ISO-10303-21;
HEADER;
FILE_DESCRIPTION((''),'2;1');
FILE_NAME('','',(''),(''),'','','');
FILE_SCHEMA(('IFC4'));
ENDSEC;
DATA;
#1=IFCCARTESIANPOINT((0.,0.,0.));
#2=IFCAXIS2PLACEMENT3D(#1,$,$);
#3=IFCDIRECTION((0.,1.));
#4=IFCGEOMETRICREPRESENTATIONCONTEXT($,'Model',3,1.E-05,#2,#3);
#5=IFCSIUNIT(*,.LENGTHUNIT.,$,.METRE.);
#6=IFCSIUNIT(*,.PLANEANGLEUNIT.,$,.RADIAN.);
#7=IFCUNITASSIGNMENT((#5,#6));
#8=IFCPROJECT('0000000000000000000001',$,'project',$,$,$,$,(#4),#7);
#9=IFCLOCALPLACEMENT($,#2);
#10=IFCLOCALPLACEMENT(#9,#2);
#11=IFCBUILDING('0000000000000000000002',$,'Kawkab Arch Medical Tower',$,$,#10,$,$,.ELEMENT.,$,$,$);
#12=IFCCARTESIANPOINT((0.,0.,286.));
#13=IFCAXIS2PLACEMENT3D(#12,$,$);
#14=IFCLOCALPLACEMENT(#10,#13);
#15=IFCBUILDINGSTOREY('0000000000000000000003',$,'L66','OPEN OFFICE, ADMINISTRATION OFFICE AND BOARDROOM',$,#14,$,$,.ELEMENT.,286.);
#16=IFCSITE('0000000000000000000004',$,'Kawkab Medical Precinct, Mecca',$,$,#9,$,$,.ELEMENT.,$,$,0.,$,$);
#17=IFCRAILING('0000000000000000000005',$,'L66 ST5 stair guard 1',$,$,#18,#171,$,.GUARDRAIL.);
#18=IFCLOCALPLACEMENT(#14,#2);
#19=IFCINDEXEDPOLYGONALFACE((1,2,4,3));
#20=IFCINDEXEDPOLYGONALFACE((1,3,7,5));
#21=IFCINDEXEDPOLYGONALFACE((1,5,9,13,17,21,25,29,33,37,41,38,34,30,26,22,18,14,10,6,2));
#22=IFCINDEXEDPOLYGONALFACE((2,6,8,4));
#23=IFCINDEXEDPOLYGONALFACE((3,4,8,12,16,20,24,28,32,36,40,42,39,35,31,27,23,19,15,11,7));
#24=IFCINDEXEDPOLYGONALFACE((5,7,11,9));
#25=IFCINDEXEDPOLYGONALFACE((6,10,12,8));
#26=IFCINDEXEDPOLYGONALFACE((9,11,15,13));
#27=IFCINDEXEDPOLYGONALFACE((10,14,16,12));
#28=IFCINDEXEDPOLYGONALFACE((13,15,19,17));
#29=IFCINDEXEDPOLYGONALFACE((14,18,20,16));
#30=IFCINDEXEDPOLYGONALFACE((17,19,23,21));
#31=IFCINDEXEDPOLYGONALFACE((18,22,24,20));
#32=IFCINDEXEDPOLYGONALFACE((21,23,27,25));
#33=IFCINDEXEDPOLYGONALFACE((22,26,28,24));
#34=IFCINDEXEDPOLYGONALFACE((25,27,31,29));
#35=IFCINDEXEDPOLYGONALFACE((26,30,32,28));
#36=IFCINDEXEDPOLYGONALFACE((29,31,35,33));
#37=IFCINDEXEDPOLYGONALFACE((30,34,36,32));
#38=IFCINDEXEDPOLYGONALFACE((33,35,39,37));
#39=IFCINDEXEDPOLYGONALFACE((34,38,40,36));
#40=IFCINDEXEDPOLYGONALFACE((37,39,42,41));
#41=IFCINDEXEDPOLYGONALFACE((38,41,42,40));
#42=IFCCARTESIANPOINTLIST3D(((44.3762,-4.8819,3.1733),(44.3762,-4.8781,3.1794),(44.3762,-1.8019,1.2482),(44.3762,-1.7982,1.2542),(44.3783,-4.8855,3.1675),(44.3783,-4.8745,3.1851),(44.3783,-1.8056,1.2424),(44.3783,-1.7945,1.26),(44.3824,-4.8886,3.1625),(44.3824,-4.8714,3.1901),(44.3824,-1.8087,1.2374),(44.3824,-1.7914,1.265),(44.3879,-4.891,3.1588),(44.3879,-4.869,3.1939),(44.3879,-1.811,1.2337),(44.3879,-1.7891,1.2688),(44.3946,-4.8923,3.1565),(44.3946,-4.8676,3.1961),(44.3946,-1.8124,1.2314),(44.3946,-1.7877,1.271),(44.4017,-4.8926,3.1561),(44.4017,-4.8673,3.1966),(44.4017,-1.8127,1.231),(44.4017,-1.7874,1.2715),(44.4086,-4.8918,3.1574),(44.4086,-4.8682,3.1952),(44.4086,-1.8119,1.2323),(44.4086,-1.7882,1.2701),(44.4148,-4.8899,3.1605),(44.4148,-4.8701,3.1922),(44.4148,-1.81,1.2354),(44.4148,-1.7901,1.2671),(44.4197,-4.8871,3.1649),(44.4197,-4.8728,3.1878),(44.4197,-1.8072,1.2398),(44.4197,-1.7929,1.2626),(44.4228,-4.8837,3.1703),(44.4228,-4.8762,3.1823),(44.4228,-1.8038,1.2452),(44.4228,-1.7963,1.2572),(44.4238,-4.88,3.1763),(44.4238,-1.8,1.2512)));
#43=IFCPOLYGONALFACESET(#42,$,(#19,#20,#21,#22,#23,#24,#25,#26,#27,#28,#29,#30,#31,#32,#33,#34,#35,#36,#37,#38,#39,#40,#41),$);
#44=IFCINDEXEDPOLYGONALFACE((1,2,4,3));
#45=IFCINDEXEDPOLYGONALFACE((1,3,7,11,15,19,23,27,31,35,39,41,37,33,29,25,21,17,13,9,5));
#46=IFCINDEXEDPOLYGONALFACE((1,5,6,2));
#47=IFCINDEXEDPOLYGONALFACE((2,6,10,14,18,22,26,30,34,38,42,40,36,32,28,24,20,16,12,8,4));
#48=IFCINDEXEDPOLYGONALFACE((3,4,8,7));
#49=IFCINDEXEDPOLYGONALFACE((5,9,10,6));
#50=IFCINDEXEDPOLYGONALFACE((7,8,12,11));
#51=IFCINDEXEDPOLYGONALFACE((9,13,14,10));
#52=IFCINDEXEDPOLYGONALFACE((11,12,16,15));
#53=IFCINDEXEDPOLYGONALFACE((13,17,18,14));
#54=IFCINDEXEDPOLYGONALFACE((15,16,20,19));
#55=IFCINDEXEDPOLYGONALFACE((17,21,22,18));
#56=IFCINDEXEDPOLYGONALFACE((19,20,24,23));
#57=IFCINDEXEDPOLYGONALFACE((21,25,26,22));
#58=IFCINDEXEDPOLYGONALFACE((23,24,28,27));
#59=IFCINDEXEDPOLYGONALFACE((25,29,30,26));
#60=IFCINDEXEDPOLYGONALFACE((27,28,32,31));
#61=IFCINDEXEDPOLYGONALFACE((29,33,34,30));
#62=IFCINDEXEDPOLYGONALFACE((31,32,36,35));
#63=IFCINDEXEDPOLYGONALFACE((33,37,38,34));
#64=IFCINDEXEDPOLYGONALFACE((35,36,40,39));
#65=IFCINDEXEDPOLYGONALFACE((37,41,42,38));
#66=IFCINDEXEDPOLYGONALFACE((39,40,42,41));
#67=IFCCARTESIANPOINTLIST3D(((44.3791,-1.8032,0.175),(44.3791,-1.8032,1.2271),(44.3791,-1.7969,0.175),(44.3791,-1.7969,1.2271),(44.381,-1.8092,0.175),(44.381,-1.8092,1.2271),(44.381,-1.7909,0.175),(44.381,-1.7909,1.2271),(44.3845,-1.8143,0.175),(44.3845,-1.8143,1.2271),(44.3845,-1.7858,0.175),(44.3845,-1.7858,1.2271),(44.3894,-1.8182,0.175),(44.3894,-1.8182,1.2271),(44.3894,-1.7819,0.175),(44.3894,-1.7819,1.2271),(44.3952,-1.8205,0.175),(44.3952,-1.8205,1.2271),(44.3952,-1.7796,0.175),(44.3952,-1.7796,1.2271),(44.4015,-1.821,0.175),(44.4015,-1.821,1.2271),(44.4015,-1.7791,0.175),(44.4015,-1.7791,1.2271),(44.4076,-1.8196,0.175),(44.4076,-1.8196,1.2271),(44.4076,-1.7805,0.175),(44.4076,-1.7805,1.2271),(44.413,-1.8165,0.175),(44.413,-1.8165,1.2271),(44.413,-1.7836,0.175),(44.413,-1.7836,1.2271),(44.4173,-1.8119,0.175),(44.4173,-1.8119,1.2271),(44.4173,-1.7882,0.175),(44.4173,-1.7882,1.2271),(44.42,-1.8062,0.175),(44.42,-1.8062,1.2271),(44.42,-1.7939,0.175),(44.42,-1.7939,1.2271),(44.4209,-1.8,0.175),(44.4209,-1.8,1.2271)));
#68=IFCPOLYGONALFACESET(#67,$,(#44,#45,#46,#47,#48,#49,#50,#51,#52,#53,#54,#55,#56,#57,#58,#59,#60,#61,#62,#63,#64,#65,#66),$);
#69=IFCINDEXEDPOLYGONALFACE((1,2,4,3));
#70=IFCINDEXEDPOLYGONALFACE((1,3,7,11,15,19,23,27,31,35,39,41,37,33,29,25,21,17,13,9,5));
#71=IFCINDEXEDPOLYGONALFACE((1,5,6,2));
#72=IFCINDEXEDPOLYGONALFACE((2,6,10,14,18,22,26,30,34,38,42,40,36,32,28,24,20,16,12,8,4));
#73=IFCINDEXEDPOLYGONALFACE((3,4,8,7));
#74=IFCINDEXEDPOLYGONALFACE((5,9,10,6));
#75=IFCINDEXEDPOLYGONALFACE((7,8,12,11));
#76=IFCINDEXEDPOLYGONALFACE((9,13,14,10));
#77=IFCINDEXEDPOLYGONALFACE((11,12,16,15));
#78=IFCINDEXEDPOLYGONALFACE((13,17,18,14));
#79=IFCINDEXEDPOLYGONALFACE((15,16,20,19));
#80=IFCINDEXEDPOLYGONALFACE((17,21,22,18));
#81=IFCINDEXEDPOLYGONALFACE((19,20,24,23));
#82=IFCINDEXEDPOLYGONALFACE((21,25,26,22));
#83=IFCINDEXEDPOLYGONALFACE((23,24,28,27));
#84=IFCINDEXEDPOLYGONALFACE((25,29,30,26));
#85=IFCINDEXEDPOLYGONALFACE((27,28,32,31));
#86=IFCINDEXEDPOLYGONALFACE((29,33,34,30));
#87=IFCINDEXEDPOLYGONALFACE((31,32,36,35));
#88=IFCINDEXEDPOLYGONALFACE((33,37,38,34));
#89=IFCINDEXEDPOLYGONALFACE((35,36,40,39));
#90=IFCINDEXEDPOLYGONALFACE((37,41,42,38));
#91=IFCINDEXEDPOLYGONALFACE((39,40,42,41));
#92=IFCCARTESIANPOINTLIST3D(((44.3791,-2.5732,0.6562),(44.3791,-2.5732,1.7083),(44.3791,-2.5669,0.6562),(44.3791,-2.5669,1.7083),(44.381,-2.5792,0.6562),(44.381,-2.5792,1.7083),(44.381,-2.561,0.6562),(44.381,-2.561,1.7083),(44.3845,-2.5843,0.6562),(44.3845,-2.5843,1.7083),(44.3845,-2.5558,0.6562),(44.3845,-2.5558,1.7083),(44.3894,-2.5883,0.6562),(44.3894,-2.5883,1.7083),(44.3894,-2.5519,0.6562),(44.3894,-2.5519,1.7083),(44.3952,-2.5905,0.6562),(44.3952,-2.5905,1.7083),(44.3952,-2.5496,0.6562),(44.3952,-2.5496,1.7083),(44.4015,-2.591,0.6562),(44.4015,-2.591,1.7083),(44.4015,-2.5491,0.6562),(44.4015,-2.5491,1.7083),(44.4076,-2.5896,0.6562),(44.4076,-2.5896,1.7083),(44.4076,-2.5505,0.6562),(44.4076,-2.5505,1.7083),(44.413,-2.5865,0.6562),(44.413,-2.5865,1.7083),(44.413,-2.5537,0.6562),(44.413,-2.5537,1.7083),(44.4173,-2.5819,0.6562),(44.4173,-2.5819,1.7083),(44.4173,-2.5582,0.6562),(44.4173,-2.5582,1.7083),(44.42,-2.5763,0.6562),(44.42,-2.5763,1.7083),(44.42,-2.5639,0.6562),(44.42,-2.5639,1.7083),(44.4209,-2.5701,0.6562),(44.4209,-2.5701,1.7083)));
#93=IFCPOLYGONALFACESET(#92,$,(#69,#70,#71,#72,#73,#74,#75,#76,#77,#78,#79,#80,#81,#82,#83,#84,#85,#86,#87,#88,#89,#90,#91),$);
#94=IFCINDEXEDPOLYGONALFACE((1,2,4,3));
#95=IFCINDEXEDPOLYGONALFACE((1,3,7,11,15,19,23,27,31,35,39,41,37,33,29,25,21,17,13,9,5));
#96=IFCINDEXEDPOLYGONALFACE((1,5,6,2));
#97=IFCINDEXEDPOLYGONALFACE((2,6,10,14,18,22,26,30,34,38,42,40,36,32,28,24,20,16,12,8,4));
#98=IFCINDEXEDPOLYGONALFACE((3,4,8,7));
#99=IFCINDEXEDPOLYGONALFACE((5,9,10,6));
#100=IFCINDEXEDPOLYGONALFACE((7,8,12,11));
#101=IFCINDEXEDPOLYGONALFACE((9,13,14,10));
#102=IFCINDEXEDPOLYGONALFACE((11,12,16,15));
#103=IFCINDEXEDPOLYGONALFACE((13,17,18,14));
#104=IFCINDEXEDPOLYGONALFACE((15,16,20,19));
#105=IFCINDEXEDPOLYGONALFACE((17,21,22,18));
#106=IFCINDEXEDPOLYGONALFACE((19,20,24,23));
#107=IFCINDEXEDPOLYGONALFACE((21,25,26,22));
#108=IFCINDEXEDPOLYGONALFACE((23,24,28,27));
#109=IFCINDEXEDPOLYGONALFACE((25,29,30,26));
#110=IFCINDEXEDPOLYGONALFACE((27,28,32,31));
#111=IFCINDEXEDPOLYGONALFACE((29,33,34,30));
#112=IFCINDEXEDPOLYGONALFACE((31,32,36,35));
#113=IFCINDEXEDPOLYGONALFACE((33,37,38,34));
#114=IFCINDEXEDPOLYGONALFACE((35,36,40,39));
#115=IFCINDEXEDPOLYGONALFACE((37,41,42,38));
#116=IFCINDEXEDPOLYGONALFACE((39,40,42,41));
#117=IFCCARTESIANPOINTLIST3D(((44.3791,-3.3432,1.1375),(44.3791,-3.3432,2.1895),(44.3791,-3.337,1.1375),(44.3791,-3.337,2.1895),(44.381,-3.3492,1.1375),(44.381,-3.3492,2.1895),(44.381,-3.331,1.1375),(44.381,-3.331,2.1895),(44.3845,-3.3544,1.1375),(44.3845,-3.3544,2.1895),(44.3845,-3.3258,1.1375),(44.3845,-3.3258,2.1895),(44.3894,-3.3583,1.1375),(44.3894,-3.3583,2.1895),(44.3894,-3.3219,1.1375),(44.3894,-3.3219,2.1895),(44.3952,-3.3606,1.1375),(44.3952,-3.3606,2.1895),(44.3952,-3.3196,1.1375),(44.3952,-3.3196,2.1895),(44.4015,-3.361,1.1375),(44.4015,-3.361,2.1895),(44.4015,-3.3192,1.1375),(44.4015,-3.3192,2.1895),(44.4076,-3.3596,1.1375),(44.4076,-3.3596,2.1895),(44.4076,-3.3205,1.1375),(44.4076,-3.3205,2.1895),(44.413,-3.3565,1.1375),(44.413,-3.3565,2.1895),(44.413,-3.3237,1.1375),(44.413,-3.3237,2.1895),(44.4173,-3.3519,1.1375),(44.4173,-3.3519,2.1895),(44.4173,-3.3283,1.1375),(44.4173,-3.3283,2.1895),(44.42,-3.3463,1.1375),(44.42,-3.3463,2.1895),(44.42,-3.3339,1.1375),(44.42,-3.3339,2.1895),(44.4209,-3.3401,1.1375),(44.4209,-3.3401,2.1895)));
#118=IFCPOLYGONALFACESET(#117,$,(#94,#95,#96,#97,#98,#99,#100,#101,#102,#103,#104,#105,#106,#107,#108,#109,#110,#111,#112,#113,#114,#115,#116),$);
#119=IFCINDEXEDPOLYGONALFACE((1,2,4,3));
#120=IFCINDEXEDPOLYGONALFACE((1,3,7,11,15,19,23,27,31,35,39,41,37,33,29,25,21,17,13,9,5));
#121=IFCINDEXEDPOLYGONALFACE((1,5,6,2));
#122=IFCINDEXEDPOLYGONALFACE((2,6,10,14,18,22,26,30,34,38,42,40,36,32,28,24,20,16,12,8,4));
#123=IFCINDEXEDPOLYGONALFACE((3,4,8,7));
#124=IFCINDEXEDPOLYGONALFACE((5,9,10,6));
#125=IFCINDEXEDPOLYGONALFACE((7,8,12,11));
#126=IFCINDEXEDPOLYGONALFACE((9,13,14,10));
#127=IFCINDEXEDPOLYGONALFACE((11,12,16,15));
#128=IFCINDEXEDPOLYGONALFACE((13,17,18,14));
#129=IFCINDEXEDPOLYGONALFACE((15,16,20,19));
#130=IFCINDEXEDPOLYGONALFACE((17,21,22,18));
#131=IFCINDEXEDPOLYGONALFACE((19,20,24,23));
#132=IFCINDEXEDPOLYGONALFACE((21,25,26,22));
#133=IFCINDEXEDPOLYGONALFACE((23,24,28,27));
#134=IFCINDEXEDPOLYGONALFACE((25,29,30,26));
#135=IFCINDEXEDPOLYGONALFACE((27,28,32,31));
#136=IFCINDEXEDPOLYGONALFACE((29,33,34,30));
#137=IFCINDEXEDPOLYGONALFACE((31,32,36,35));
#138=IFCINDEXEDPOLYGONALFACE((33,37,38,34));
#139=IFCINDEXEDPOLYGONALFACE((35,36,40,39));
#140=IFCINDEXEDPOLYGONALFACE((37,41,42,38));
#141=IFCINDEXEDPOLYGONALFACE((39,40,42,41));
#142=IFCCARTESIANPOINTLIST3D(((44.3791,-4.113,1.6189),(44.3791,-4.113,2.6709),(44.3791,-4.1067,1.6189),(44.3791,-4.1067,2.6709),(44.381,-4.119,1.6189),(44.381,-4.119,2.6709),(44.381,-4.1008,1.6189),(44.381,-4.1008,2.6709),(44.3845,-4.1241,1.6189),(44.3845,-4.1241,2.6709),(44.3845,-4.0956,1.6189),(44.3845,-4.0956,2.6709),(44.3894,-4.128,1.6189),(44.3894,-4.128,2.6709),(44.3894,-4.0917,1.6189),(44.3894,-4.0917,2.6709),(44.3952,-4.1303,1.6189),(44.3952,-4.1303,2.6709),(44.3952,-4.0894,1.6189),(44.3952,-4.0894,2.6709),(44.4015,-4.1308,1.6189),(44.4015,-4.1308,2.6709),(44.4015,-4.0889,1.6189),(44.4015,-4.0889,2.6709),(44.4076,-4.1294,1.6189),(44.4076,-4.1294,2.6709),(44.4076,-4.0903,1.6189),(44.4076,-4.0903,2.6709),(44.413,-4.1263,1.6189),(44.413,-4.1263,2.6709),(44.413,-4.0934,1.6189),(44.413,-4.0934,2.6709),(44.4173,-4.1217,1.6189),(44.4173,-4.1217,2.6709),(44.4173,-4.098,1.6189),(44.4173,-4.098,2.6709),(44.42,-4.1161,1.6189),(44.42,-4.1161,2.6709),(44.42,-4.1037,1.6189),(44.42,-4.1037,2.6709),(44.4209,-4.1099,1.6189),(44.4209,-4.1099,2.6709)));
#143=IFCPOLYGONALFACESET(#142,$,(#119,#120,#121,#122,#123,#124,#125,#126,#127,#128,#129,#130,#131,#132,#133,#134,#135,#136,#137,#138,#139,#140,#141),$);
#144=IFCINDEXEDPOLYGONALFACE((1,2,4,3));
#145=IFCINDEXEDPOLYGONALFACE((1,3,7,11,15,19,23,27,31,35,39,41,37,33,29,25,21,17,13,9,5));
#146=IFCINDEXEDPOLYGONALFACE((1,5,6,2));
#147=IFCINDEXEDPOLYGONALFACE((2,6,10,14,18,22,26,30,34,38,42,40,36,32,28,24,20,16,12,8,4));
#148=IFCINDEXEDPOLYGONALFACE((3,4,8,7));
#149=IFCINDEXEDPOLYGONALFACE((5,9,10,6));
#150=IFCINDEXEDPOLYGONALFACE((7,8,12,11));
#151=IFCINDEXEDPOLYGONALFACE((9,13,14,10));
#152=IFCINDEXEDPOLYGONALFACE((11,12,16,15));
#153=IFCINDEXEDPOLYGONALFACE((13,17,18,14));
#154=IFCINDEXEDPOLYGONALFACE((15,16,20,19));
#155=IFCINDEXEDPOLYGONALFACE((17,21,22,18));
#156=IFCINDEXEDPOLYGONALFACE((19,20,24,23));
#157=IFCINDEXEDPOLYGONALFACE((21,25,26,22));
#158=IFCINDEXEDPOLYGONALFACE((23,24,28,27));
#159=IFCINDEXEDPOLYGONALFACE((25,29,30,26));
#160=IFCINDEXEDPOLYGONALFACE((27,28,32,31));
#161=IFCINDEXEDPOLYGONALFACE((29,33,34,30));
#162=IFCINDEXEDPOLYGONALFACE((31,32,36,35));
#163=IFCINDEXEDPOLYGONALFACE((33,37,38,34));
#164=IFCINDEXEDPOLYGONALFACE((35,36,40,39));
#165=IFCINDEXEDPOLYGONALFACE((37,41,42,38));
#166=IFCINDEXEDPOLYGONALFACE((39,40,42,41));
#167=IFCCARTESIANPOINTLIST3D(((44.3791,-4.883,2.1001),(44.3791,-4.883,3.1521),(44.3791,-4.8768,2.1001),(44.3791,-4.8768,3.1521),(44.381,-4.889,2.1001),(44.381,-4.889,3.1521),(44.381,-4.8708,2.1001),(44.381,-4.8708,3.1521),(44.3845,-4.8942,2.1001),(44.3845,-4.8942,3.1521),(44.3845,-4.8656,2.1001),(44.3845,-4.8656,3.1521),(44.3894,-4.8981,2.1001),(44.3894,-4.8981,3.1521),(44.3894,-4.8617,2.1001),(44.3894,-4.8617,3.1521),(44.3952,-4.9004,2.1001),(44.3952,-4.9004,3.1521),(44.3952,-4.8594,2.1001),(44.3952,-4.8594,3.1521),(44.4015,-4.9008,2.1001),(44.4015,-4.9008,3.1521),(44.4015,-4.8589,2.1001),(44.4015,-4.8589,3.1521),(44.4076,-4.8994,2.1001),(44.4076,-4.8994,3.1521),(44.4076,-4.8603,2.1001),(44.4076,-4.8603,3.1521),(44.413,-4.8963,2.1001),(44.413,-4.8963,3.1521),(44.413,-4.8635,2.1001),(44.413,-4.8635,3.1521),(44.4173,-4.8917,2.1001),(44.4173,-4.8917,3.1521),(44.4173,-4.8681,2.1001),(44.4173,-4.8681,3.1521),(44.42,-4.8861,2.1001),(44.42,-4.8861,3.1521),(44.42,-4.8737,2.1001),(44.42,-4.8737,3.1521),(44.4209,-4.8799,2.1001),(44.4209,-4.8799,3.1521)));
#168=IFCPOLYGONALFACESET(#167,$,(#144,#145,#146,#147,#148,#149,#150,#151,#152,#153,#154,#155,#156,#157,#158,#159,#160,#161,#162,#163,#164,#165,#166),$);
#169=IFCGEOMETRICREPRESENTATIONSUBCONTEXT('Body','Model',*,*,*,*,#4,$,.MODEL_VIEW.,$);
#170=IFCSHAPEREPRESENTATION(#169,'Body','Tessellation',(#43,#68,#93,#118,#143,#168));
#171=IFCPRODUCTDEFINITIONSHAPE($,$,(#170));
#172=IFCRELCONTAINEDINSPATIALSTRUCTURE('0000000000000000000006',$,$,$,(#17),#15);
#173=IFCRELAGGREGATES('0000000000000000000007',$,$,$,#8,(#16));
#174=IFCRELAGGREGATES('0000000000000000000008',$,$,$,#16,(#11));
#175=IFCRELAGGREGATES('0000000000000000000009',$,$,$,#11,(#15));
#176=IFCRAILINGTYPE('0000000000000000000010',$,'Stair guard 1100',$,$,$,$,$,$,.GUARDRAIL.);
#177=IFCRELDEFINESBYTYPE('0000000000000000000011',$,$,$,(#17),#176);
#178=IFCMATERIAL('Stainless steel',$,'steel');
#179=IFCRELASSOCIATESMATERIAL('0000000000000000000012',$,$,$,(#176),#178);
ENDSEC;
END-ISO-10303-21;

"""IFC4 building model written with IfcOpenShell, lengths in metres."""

from ifc_helpers import new_model, si_unit, direction, frame, origin, origin_2d, place, context, subcontext, project, spatial, circle, extrude, material, type_object, element, save


model = new_model("IFC4")

# Units and contexts
model_context = context("Model", 3, precision=1e-05, world=origin(), true_north=direction((0.0, 1.0)))
body_context = subcontext(model_context, "Body", "Model", "MODEL_VIEW")
ifc_project = project(units=[si_unit("LENGTHUNIT", "METRE"), si_unit("PLANEANGLEUNIT", "RADIAN")], contexts=[model_context])

# Site, building, storey
site_placement = place(None, origin())
site = spatial("IfcSite", under=ifc_project, at=site_placement, Name="Kawkab Medical Precinct, Mecca", CompositionType="ELEMENT", RefElevation=0.0)
building_placement = place(site_placement, origin())
building = spatial("IfcBuilding", under=site, at=building_placement, Name="Kawkab Arch Medical Tower", CompositionType="ELEMENT")
storey_placement = place(building_placement, frame((0.0, 0.0, 286.0)))
storey = spatial("IfcBuildingStorey", under=building, at=storey_placement, Name="L66", Description="OPEN OFFICE, ADMINISTRATION OFFICE AND BOARDROOM", CompositionType="ELEMENT", Elevation=286.0)

# Railing
ifc_material_1 = material(Name="Stainless steel", Category="steel")
railing_type_1 = type_object("IfcRailingType", Name="Stair guard 1100", PredefinedType="GUARDRAIL", material=ifc_material_1)
railing_1_placement = place(storey_placement, frame((44.3999, -1.8, 0.175)))
element("IfcRailing", 1, at=railing_1_placement, inside=storey, type_object=railing_type_1, Name="L66 ST5 stair guard 1", PredefinedType="GUARDRAIL", context=body_context, shape_type="SweptSolid", body=[
    extrude(circle(Radius=0.0239, at=origin_2d()), frame((0.0, 0.0, 1.0762), z_axis=(0.0, -0.847979, 0.530029), x_axis=(1.0, 0.0, 0.0)), (0.0, 0.0, 1.0), 3.6321),
    extrude(circle(Radius=0.021, at=origin_2d()), origin(), (0.0, 0.0, 1.0), 1.052),
    extrude(circle(Radius=0.021, at=origin_2d()), frame((0.0, -0.77, 0.4812)), (0.0, 0.0, 1.0), 1.052),
    extrude(circle(Radius=0.021, at=origin_2d()), frame((0.0, -1.54, 0.9624)), (0.0, 0.0, 1.0), 1.052),
    extrude(circle(Radius=0.021, at=origin_2d()), frame((0.0, -2.3098, 1.4438)), (0.0, 0.0, 1.0), 1.052),
    extrude(circle(Radius=0.021, at=origin_2d()), frame((0.0, -3.0798, 1.925)), (0.0, 0.0, 1.0), 1.052),
])

save(model, "model.ifc")
